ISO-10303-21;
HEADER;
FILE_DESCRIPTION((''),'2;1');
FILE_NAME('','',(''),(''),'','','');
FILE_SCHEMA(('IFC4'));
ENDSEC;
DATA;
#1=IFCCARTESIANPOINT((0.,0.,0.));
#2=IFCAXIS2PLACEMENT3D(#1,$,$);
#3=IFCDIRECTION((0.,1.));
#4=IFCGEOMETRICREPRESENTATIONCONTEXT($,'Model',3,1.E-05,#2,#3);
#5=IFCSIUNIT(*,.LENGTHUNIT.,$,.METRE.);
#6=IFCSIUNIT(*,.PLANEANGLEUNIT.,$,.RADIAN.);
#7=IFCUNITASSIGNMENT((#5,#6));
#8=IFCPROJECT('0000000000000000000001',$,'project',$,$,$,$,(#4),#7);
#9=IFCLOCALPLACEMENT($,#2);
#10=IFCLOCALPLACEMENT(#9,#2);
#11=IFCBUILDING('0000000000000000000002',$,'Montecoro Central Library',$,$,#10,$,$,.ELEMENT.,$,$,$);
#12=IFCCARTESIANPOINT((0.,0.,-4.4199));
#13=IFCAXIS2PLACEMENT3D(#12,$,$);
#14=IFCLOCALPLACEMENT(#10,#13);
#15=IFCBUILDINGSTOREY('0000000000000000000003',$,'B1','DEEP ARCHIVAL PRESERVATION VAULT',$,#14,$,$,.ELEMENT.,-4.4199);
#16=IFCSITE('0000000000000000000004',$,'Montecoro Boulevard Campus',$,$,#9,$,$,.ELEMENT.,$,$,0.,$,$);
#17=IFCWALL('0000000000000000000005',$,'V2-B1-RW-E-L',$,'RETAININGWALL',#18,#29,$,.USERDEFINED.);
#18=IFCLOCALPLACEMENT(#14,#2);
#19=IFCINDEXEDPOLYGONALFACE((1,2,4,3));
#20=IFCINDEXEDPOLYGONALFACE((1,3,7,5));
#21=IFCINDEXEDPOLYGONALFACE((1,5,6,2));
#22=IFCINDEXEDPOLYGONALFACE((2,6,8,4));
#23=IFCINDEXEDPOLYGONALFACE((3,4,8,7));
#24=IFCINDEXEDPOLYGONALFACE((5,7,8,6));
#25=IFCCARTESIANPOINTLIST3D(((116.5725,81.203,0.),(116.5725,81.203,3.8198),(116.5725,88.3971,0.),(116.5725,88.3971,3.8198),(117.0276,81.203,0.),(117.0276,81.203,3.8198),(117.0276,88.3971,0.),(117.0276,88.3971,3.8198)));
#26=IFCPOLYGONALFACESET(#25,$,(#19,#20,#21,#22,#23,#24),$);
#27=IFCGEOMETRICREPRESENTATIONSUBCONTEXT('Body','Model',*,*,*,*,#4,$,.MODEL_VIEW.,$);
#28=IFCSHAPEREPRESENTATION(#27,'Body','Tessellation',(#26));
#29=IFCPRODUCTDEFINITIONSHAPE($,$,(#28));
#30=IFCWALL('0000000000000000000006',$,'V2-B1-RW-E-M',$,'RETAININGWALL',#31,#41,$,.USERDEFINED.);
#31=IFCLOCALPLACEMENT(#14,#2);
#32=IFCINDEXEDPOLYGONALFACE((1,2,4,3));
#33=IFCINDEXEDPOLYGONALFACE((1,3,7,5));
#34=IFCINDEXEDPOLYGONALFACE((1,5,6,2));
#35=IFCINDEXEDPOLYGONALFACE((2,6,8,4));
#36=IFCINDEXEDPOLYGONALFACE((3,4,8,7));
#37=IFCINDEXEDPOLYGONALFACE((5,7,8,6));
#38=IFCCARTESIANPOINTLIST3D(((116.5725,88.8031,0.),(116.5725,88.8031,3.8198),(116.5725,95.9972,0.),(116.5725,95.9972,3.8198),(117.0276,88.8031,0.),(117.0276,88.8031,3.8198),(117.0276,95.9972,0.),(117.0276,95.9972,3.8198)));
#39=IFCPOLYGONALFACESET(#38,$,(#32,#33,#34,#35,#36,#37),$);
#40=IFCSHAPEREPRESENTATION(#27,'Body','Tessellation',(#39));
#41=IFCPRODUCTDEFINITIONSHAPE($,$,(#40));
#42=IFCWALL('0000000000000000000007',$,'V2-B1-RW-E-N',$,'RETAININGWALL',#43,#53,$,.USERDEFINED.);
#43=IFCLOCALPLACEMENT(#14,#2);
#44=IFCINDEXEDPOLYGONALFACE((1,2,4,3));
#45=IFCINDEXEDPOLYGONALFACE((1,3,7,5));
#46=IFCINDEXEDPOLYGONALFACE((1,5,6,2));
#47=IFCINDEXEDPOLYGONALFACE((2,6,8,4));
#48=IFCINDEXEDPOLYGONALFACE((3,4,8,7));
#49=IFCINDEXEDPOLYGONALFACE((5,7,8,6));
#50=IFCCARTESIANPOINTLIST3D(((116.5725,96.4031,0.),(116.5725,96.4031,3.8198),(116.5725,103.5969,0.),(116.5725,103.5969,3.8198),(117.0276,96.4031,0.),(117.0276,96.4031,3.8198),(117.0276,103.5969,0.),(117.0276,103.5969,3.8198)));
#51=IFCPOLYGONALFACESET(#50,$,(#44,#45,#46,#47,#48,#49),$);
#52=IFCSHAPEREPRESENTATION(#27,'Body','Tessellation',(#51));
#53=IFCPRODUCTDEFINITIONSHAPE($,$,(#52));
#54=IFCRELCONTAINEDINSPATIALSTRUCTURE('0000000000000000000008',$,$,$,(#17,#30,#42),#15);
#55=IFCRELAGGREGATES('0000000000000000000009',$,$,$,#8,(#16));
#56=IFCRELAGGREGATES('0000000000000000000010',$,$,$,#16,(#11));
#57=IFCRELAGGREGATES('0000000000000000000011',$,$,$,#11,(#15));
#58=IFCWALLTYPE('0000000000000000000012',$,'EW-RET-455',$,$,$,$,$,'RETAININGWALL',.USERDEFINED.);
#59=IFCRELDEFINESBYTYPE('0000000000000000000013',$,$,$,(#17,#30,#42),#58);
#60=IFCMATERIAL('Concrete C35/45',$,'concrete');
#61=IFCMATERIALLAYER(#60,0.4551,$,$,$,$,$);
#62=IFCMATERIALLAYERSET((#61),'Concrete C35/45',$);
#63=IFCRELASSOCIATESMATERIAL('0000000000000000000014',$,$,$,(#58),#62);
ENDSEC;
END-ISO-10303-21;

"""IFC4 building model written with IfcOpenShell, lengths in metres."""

from ifc_helpers import new_model, si_unit, direction, frame, frame_2d, origin, place, context, subcontext, project, spatial, rectangle, extrude, material, layer, layer_set, type_object, element, save


model = new_model("IFC4")

# Units and contexts
model_context = context("Model", 3, precision=1e-05, world=origin(), true_north=direction((0.0, 1.0)))
body_context = subcontext(model_context, "Body", "Model", "MODEL_VIEW")
ifc_project = project(units=[si_unit("LENGTHUNIT", "METRE"), si_unit("PLANEANGLEUNIT", "RADIAN")], contexts=[model_context])

# Site, building, storey
site_placement = place(None, origin())
site = spatial("IfcSite", under=ifc_project, at=site_placement, Name="Montecoro Boulevard Campus", CompositionType="ELEMENT", RefElevation=0.0)
building_placement = place(site_placement, origin())
building = spatial("IfcBuilding", under=site, at=building_placement, Name="Montecoro Central Library", CompositionType="ELEMENT")
storey_placement = place(building_placement, frame((0.0, 0.0, -4.4199)))
storey = spatial("IfcBuildingStorey", under=building, at=storey_placement, Name="B1", Description="DEEP ARCHIVAL PRESERVATION VAULT", CompositionType="ELEMENT", Elevation=-4.4199)

# Shared definitions
ifc_material_1 = material(Name="Concrete C35/45", Category="concrete")

# Walls
ifc_layer = layer(ifc_material_1, 0.4551)
ifc_layer_set = layer_set([ifc_layer], Name="Concrete C35/45")
wall_type = type_object("IfcWallType", Name="EW-RET-455", ElementType="RETAININGWALL", PredefinedType="USERDEFINED", material=ifc_layer_set)
for number, where, z_axis, x_axis, name in (
    (1, (116.8, 81.2029, 0.0), (0.0, 0.0, 1.0), (0.0, 1.0, 0.0), "V2-B1-RW-E-L"),
    (2, (116.8, 88.803, 0.0), (0.0, 0.0, 1.0), (0.0, 1.0, 0.0), "V2-B1-RW-E-M"),
):
    element("IfcWall", number, at=place(storey_placement, frame(where, z_axis=z_axis, x_axis=x_axis)), inside=storey, type_object=wall_type, Name=name, ObjectType="RETAININGWALL", PredefinedType="USERDEFINED", context=body_context, shape_type="SweptSolid", body=[
        extrude(rectangle(XDim=7.1941, YDim=0.4551, at=frame_2d((3.5972, 0.0))), origin(), (0.0, 0.0, 1.0), 3.8198),
    ])
wall_placement = place(storey_placement, frame((116.8, 96.4031, 0.0), z_axis=(0.0, 0.0, 1.0), x_axis=(0.0, 1.0, 0.0)))
element("IfcWall", 3, at=wall_placement, inside=storey, type_object=wall_type, Name="V2-B1-RW-E-N", ObjectType="RETAININGWALL", PredefinedType="USERDEFINED", context=body_context, shape_type="SweptSolid", body=[
    extrude(rectangle(XDim=7.1938, YDim=0.4551, at=frame_2d((3.5969, 0.0))), origin(), (0.0, 0.0, 1.0), 3.8198),
])

save(model, "model.ifc")
